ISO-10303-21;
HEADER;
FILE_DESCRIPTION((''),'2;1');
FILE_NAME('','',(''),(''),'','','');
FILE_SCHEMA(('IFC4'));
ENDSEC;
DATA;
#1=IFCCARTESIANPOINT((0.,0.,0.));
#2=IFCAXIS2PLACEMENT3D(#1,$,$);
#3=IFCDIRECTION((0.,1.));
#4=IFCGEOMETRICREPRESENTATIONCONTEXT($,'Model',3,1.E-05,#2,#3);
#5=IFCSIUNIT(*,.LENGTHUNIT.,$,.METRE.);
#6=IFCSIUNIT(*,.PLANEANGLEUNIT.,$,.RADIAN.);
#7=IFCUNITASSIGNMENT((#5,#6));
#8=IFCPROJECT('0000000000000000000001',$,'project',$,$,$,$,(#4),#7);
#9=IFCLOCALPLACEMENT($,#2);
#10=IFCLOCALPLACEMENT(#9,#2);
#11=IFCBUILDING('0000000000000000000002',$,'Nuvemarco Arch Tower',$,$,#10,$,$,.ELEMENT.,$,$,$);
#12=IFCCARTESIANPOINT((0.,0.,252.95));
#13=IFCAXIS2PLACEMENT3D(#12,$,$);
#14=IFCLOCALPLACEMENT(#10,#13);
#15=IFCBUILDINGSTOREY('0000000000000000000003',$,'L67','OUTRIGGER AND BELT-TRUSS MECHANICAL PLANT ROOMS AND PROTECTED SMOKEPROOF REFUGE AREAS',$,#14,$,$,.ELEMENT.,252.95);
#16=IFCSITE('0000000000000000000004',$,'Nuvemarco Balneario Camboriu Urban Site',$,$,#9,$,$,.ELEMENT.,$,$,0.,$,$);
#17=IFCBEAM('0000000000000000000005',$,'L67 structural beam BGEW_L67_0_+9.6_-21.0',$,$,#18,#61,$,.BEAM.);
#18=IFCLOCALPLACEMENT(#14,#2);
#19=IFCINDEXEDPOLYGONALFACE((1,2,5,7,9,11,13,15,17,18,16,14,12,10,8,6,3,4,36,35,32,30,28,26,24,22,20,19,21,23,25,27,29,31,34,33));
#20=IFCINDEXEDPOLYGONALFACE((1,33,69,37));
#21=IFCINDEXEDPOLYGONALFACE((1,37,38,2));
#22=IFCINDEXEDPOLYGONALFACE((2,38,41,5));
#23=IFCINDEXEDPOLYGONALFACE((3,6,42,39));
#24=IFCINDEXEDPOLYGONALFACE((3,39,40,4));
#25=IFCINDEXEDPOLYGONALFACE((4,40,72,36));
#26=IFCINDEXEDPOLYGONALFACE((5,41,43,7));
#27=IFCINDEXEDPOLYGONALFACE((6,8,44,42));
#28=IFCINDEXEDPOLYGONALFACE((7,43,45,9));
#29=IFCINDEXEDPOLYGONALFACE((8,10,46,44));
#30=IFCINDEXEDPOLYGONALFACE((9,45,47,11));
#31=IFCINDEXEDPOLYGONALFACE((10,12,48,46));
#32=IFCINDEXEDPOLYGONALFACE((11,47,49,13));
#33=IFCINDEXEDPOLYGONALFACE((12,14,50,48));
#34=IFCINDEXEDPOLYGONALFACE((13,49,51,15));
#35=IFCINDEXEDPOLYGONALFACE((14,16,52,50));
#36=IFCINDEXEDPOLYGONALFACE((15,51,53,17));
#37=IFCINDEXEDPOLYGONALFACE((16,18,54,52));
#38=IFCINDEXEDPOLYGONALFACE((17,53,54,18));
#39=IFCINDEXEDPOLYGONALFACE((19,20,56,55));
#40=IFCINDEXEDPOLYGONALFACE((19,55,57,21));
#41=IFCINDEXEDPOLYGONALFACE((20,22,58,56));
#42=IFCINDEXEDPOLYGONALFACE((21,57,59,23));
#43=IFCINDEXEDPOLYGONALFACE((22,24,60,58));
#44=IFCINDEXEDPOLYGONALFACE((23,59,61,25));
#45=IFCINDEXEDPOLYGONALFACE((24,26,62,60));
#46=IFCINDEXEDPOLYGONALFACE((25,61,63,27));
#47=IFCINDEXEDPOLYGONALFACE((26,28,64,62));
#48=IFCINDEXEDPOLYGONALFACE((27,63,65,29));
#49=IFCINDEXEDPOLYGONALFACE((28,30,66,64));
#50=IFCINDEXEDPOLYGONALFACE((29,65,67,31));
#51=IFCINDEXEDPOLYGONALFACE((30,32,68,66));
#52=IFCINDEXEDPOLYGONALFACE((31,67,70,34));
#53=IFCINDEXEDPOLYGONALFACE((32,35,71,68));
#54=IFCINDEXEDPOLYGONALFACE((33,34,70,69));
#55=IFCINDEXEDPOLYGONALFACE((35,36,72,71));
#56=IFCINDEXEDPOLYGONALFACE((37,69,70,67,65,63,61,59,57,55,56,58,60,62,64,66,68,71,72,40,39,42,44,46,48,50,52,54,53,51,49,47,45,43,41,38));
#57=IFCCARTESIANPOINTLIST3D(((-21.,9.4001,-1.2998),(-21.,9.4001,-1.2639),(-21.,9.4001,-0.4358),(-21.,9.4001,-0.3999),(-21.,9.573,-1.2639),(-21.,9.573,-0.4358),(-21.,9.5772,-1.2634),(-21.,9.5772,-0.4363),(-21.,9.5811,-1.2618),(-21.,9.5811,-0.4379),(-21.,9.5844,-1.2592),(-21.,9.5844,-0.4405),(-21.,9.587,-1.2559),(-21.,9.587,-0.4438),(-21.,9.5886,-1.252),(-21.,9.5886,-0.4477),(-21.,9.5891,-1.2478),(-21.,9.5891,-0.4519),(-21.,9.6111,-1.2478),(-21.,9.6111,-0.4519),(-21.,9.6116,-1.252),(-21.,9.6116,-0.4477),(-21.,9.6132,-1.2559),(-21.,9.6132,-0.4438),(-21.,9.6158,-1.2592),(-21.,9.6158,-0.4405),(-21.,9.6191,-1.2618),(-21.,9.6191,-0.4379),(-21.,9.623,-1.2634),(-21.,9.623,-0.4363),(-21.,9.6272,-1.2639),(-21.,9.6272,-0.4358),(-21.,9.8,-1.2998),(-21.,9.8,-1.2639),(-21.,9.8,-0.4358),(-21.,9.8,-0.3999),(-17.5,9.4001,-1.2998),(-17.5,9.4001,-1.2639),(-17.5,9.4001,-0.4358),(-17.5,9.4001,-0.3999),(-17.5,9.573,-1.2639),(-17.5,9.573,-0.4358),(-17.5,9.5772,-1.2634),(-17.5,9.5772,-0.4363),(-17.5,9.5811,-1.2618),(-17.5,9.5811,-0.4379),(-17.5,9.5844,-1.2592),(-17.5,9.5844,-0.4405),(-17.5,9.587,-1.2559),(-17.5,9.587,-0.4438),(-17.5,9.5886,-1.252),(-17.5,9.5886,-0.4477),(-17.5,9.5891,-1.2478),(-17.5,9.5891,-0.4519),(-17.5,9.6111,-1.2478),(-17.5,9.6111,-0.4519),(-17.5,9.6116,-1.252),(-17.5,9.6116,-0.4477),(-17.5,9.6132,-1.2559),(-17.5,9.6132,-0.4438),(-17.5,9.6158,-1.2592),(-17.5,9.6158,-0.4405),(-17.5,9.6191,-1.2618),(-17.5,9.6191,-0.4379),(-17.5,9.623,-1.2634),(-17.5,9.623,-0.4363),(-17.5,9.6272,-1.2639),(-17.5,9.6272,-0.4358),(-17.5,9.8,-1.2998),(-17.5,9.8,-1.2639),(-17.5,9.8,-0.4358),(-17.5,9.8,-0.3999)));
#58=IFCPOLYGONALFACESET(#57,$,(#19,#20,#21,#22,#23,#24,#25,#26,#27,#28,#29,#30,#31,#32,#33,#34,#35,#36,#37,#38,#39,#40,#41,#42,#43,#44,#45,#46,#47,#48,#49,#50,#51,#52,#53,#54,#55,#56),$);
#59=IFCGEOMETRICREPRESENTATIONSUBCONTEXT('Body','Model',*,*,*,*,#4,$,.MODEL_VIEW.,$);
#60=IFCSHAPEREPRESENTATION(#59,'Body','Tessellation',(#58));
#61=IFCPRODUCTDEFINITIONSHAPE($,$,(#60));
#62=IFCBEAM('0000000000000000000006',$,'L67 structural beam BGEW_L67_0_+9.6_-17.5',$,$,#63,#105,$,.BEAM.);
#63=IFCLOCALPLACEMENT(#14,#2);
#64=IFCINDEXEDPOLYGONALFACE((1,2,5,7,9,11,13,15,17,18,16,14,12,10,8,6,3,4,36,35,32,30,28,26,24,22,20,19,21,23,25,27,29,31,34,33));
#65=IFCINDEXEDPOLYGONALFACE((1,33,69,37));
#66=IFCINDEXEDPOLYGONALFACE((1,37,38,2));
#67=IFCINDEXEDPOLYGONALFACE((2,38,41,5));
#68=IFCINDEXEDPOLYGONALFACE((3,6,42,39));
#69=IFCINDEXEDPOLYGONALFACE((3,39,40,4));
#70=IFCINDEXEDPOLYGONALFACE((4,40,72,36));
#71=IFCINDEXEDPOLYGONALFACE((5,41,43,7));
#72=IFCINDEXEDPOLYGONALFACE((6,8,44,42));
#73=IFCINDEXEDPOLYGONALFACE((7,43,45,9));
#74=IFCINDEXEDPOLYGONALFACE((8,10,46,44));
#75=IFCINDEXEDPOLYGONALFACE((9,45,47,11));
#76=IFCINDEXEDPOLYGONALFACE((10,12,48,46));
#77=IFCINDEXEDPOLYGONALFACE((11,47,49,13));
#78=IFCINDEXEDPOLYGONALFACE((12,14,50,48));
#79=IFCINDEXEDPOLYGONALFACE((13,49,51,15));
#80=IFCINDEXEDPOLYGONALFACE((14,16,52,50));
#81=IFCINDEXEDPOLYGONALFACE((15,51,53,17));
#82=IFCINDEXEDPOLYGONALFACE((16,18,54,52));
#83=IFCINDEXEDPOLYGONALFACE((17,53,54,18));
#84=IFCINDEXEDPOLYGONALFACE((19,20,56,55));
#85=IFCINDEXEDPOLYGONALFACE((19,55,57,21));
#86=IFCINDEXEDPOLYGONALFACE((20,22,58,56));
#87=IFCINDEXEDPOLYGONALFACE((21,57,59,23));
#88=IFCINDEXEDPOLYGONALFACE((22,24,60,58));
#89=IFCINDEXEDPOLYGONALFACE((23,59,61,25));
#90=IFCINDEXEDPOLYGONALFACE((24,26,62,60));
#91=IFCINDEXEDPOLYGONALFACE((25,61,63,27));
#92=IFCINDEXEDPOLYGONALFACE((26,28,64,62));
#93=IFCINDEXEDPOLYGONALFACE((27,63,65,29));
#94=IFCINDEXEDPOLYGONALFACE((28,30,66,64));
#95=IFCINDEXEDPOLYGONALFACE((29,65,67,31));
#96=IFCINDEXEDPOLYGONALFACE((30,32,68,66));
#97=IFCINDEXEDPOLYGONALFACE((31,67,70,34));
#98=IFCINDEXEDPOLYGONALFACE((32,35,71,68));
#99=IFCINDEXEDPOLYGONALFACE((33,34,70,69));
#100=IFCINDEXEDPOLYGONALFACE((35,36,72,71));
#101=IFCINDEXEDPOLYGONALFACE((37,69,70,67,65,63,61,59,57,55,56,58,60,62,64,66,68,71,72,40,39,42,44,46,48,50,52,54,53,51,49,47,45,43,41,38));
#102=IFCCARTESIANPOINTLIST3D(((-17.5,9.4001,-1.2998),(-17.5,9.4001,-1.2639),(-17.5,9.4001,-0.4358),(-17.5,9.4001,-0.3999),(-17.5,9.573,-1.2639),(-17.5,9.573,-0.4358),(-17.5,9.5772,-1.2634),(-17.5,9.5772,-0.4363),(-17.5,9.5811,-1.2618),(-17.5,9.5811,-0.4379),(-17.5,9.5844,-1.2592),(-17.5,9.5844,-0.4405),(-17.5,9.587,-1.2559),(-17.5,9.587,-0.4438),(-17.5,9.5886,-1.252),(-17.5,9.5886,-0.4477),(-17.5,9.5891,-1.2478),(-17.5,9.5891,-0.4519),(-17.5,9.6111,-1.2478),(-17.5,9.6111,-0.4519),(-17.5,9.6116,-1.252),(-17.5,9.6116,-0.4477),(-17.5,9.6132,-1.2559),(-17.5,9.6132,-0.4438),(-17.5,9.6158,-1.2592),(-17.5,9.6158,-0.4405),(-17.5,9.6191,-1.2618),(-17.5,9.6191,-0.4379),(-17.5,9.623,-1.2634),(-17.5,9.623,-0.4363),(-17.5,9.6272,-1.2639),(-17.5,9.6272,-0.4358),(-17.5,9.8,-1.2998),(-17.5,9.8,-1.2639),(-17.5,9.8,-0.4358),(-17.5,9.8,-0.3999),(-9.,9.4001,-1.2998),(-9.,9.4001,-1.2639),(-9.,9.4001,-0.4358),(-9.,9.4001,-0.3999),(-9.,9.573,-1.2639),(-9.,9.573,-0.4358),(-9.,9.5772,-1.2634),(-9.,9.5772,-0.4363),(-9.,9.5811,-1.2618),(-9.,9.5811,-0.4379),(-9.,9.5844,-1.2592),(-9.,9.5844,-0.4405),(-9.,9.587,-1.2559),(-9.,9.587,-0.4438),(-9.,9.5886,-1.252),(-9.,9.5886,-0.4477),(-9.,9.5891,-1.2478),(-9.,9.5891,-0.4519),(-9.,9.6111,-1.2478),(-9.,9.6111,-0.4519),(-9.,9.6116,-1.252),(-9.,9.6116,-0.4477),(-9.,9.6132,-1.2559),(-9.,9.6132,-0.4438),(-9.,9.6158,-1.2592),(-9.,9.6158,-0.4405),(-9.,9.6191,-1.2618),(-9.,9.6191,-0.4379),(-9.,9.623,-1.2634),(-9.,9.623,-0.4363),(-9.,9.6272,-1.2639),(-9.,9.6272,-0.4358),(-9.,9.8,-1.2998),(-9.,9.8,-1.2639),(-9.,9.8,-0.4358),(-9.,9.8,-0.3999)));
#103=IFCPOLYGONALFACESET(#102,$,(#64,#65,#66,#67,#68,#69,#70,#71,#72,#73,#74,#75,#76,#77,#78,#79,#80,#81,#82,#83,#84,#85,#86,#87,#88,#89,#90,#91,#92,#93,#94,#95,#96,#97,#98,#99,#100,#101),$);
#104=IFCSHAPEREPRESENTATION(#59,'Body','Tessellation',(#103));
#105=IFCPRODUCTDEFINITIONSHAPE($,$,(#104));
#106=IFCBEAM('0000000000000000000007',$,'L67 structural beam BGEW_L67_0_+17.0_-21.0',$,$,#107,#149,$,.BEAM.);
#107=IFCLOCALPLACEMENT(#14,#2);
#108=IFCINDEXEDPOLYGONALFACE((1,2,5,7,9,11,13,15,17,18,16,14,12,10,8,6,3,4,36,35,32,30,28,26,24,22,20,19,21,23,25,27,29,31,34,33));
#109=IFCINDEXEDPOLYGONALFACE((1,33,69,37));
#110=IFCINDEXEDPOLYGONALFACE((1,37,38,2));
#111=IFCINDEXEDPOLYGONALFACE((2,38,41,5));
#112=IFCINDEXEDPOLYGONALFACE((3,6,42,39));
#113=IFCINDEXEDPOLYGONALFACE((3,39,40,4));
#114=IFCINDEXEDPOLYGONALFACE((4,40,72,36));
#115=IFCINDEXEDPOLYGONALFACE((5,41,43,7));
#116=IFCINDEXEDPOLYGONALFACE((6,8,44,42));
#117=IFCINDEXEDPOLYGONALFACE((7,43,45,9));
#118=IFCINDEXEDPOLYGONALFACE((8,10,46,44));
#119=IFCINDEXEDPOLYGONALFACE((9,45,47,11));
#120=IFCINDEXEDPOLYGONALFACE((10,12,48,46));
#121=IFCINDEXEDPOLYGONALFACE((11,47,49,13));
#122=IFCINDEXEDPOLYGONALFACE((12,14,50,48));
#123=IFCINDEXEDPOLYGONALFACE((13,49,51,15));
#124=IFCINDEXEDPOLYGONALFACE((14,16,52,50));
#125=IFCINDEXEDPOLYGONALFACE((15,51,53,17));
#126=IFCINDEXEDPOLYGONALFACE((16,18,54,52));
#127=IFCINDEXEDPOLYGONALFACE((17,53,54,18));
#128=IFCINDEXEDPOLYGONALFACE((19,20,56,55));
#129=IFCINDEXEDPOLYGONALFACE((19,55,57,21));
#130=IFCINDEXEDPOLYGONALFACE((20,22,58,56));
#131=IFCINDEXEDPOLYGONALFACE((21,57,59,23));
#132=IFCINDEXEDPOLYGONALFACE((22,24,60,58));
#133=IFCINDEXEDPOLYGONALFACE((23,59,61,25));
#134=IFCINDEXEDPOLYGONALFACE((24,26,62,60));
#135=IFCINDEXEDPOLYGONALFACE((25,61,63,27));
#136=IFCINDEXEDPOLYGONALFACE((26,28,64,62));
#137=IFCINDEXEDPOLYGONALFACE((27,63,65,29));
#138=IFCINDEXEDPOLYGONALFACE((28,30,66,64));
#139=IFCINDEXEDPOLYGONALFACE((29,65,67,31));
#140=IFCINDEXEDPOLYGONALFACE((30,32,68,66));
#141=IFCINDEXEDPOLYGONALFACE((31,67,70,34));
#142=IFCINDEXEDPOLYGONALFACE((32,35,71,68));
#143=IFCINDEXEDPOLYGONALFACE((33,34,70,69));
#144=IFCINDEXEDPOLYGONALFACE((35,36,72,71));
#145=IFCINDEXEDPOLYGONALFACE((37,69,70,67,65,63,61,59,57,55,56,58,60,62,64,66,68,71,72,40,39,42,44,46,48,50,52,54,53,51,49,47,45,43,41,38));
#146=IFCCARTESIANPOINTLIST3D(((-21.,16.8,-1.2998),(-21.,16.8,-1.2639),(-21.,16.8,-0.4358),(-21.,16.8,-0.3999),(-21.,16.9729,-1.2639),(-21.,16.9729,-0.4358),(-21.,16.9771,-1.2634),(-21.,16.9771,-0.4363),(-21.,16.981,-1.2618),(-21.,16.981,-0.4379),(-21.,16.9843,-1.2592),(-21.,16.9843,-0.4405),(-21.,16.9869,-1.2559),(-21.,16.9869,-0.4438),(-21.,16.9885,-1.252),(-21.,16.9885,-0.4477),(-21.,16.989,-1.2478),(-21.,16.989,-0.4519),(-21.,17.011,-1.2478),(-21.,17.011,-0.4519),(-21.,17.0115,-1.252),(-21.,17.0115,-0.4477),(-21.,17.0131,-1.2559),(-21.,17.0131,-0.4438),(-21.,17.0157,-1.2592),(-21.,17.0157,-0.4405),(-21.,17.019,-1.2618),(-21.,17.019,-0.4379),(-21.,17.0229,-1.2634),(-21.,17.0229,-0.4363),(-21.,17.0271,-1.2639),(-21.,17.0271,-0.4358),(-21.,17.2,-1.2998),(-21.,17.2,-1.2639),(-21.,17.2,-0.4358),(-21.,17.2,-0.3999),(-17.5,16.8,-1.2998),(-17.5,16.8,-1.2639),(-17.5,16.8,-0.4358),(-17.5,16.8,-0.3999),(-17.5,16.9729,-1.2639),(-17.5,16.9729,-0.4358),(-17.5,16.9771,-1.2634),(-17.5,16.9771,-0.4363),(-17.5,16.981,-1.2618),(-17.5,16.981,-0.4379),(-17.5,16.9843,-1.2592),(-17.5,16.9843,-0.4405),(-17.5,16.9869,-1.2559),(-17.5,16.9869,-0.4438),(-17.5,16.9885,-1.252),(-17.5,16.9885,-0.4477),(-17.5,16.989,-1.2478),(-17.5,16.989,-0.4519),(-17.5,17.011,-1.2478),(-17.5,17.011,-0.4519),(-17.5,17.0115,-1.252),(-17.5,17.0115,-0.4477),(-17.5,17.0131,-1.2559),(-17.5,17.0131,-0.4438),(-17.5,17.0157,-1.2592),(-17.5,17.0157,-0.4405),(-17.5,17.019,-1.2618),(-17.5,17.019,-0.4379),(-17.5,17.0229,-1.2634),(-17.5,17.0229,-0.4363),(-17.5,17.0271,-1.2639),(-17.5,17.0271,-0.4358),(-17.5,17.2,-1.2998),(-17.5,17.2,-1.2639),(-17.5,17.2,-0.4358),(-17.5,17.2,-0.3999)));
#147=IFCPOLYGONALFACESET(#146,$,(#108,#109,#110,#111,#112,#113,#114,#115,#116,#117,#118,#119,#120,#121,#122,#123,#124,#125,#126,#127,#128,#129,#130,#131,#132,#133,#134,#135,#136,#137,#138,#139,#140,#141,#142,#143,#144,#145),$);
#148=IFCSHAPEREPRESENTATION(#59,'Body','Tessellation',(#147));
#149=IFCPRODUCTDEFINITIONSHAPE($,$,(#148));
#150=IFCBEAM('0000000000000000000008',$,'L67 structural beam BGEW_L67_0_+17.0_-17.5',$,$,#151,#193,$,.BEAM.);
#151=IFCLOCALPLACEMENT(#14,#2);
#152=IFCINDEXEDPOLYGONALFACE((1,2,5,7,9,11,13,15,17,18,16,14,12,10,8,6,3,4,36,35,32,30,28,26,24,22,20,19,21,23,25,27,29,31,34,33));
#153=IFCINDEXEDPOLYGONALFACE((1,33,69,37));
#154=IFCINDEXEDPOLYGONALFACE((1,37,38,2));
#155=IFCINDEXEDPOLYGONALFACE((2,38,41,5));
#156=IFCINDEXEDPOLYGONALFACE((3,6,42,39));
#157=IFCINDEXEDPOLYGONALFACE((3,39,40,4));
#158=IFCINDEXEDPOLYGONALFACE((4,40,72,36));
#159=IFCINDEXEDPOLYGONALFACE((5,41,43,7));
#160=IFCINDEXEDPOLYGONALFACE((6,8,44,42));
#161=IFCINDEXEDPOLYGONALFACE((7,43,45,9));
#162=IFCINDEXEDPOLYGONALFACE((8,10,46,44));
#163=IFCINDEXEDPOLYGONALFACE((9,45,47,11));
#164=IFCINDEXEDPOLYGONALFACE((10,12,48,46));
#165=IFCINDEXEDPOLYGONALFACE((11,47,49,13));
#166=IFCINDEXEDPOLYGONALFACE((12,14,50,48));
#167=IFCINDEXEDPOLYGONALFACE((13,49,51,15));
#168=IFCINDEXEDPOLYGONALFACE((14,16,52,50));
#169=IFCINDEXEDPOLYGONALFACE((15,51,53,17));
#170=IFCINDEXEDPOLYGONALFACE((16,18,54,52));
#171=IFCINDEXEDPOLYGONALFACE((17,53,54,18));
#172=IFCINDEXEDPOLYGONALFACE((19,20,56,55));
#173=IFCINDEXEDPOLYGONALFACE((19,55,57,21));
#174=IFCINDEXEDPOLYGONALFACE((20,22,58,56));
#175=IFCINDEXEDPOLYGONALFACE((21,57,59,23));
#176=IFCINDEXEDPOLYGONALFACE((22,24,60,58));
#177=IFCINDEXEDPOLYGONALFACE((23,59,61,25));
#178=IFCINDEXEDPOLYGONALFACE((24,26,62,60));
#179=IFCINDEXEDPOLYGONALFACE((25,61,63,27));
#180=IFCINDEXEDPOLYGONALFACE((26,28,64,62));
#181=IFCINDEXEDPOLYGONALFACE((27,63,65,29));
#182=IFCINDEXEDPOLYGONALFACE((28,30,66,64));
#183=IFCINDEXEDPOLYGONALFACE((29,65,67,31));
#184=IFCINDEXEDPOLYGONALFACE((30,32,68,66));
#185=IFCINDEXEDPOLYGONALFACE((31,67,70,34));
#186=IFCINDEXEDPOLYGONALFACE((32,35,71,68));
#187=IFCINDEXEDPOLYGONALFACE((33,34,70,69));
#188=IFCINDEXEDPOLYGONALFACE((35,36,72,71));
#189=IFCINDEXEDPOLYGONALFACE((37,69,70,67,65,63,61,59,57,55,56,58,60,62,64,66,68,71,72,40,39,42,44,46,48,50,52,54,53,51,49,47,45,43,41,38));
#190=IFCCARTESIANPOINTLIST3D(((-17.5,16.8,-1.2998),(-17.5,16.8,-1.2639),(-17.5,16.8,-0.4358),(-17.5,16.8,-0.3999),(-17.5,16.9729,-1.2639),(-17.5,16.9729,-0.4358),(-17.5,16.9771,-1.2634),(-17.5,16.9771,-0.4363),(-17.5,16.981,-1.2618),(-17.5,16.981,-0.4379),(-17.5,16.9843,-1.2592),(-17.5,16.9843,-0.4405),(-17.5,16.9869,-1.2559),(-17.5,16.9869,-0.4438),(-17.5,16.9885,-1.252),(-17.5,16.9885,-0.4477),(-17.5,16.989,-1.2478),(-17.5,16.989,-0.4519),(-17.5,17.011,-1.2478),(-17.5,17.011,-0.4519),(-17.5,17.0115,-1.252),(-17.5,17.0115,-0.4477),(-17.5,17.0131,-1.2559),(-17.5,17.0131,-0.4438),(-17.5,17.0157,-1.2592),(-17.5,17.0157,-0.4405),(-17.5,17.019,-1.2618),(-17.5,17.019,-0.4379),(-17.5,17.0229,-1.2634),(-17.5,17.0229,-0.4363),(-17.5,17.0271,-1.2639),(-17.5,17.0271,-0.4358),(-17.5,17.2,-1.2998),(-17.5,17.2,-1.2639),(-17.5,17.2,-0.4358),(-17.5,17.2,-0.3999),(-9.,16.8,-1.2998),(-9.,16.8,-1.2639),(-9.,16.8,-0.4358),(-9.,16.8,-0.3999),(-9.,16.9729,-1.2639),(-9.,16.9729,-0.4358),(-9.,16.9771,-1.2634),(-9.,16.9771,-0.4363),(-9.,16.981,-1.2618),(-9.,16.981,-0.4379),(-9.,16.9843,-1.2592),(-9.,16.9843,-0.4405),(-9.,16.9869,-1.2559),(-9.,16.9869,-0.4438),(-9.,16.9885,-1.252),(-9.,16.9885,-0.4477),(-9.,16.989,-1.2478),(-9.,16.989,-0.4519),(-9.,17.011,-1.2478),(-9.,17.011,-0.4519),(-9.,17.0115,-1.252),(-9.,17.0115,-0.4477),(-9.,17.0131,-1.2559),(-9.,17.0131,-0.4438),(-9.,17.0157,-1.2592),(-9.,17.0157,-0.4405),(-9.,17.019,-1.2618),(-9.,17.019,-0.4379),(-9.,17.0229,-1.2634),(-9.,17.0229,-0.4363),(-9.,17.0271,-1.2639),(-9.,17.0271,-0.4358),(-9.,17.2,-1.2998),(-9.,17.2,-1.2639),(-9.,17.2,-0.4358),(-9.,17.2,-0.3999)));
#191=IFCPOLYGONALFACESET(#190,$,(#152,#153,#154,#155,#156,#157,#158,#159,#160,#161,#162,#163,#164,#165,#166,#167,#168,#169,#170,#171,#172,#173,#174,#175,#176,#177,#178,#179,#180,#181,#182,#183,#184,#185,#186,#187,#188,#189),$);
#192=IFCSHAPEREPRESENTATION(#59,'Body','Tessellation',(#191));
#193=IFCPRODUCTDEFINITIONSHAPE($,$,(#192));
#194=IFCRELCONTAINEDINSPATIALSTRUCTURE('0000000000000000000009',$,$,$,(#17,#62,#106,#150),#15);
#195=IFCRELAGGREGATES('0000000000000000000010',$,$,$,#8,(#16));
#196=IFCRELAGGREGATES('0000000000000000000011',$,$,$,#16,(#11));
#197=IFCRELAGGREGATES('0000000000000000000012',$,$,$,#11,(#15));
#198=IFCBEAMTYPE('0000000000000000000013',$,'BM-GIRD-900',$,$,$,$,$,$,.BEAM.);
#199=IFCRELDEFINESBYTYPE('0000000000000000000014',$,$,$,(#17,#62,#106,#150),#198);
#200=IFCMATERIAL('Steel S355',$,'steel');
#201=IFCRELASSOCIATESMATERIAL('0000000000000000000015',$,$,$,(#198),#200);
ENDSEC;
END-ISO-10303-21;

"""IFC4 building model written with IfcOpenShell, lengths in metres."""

from ifc_helpers import new_model, si_unit, direction, frame, origin, origin_2d, place, context, subcontext, project, spatial, i_section, extrude, material, material_profile, profile_set, type_object, element, save


model = new_model("IFC4")

# Units and contexts
model_context = context("Model", 3, precision=1e-05, world=origin(), true_north=direction((0.0, 1.0)))
body_context = subcontext(model_context, "Body", "Model", "MODEL_VIEW")
ifc_project = project(units=[si_unit("LENGTHUNIT", "METRE"), si_unit("PLANEANGLEUNIT", "RADIAN")], contexts=[model_context])

# Site, building, storey
site_placement = place(None, origin())
site = spatial("IfcSite", under=ifc_project, at=site_placement, Name="Nuvemarco Balneario Camboriu Urban Site", CompositionType="ELEMENT", RefElevation=0.0)
building_placement = place(site_placement, origin())
building = spatial("IfcBuilding", under=site, at=building_placement, Name="Nuvemarco Arch Tower", CompositionType="ELEMENT")
storey_placement = place(building_placement, frame((0.0, 0.0, 252.95)))
storey = spatial("IfcBuildingStorey", under=building, at=storey_placement, Name="L67", Description="OUTRIGGER AND BELT-TRUSS MECHANICAL PLANT ROOMS AND PROTECTED SMOKEPROOF REFUGE AREAS", CompositionType="ELEMENT", Elevation=252.95)

# Shared definitions
ifc_material_1 = material(Name="Steel S355", Category="steel")

# Beams
ifc_material_profile_1 = material_profile(ifc_material_1, i_section(OverallWidth=0.3999, OverallDepth=0.8999, WebThickness=0.022, FlangeThickness=0.0359, FilletRadius=0.0161, at=origin_2d()), Name="PG900x400")
ifc_profile_set_1 = profile_set([ifc_material_profile_1], Name="Steel S355")
beam_type_1 = type_object("IfcBeamType", Name="BM-GIRD-900", PredefinedType="BEAM", material=ifc_profile_set_1)
beam_1_placement = place(storey_placement, frame((-21.0, 9.6001, -0.8499), z_axis=(1.0, 0.0, 0.0), x_axis=(0.0, 1.0, 0.0)))
element("IfcBeam", 1, at=beam_1_placement, inside=storey, type_object=beam_type_1, Name="L67 structural beam BGEW_L67_0_+9.6_-21.0", PredefinedType="BEAM", context=body_context, shape_type="SweptSolid", body=[
    extrude(i_section(OverallWidth=0.3999, OverallDepth=0.8999, WebThickness=0.022, FlangeThickness=0.0359, FilletRadius=0.0161, at=origin_2d()), origin(), (0.0, 0.0, 1.0), 3.5),
])
beam_2_placement = place(storey_placement, frame((-17.5, 9.6001, -0.8499), z_axis=(1.0, 0.0, 0.0), x_axis=(0.0, 1.0, 0.0)))
element("IfcBeam", 2, at=beam_2_placement, inside=storey, type_object=beam_type_1, Name="L67 structural beam BGEW_L67_0_+9.6_-17.5", PredefinedType="BEAM", context=body_context, shape_type="SweptSolid", body=[
    extrude(i_section(OverallWidth=0.3999, OverallDepth=0.8999, WebThickness=0.022, FlangeThickness=0.0359, FilletRadius=0.0161, at=origin_2d()), origin(), (0.0, 0.0, 1.0), 8.5),
])
beam_3_placement = place(storey_placement, frame((-21.0, 17.0, -0.8499), z_axis=(1.0, 0.0, 0.0), x_axis=(0.0, 1.0, 0.0)))
element("IfcBeam", 3, at=beam_3_placement, inside=storey, type_object=beam_type_1, Name="L67 structural beam BGEW_L67_0_+17.0_-21.0", PredefinedType="BEAM", context=body_context, shape_type="SweptSolid", body=[
    extrude(i_section(OverallWidth=0.3999, OverallDepth=0.8999, WebThickness=0.022, FlangeThickness=0.0359, FilletRadius=0.0161, at=origin_2d()), origin(), (0.0, 0.0, 1.0), 3.5),
])
beam_4_placement = place(storey_placement, frame((-17.5, 17.0, -0.8499), z_axis=(1.0, 0.0, 0.0), x_axis=(0.0, 1.0, 0.0)))
element("IfcBeam", 4, at=beam_4_placement, inside=storey, type_object=beam_type_1, Name="L67 structural beam BGEW_L67_0_+17.0_-17.5", PredefinedType="BEAM", context=body_context, shape_type="SweptSolid", body=[
    extrude(i_section(OverallWidth=0.3999, OverallDepth=0.8999, WebThickness=0.022, FlangeThickness=0.0359, FilletRadius=0.0161, at=origin_2d()), origin(), (0.0, 0.0, 1.0), 8.5),
])

save(model, "model.ifc")
